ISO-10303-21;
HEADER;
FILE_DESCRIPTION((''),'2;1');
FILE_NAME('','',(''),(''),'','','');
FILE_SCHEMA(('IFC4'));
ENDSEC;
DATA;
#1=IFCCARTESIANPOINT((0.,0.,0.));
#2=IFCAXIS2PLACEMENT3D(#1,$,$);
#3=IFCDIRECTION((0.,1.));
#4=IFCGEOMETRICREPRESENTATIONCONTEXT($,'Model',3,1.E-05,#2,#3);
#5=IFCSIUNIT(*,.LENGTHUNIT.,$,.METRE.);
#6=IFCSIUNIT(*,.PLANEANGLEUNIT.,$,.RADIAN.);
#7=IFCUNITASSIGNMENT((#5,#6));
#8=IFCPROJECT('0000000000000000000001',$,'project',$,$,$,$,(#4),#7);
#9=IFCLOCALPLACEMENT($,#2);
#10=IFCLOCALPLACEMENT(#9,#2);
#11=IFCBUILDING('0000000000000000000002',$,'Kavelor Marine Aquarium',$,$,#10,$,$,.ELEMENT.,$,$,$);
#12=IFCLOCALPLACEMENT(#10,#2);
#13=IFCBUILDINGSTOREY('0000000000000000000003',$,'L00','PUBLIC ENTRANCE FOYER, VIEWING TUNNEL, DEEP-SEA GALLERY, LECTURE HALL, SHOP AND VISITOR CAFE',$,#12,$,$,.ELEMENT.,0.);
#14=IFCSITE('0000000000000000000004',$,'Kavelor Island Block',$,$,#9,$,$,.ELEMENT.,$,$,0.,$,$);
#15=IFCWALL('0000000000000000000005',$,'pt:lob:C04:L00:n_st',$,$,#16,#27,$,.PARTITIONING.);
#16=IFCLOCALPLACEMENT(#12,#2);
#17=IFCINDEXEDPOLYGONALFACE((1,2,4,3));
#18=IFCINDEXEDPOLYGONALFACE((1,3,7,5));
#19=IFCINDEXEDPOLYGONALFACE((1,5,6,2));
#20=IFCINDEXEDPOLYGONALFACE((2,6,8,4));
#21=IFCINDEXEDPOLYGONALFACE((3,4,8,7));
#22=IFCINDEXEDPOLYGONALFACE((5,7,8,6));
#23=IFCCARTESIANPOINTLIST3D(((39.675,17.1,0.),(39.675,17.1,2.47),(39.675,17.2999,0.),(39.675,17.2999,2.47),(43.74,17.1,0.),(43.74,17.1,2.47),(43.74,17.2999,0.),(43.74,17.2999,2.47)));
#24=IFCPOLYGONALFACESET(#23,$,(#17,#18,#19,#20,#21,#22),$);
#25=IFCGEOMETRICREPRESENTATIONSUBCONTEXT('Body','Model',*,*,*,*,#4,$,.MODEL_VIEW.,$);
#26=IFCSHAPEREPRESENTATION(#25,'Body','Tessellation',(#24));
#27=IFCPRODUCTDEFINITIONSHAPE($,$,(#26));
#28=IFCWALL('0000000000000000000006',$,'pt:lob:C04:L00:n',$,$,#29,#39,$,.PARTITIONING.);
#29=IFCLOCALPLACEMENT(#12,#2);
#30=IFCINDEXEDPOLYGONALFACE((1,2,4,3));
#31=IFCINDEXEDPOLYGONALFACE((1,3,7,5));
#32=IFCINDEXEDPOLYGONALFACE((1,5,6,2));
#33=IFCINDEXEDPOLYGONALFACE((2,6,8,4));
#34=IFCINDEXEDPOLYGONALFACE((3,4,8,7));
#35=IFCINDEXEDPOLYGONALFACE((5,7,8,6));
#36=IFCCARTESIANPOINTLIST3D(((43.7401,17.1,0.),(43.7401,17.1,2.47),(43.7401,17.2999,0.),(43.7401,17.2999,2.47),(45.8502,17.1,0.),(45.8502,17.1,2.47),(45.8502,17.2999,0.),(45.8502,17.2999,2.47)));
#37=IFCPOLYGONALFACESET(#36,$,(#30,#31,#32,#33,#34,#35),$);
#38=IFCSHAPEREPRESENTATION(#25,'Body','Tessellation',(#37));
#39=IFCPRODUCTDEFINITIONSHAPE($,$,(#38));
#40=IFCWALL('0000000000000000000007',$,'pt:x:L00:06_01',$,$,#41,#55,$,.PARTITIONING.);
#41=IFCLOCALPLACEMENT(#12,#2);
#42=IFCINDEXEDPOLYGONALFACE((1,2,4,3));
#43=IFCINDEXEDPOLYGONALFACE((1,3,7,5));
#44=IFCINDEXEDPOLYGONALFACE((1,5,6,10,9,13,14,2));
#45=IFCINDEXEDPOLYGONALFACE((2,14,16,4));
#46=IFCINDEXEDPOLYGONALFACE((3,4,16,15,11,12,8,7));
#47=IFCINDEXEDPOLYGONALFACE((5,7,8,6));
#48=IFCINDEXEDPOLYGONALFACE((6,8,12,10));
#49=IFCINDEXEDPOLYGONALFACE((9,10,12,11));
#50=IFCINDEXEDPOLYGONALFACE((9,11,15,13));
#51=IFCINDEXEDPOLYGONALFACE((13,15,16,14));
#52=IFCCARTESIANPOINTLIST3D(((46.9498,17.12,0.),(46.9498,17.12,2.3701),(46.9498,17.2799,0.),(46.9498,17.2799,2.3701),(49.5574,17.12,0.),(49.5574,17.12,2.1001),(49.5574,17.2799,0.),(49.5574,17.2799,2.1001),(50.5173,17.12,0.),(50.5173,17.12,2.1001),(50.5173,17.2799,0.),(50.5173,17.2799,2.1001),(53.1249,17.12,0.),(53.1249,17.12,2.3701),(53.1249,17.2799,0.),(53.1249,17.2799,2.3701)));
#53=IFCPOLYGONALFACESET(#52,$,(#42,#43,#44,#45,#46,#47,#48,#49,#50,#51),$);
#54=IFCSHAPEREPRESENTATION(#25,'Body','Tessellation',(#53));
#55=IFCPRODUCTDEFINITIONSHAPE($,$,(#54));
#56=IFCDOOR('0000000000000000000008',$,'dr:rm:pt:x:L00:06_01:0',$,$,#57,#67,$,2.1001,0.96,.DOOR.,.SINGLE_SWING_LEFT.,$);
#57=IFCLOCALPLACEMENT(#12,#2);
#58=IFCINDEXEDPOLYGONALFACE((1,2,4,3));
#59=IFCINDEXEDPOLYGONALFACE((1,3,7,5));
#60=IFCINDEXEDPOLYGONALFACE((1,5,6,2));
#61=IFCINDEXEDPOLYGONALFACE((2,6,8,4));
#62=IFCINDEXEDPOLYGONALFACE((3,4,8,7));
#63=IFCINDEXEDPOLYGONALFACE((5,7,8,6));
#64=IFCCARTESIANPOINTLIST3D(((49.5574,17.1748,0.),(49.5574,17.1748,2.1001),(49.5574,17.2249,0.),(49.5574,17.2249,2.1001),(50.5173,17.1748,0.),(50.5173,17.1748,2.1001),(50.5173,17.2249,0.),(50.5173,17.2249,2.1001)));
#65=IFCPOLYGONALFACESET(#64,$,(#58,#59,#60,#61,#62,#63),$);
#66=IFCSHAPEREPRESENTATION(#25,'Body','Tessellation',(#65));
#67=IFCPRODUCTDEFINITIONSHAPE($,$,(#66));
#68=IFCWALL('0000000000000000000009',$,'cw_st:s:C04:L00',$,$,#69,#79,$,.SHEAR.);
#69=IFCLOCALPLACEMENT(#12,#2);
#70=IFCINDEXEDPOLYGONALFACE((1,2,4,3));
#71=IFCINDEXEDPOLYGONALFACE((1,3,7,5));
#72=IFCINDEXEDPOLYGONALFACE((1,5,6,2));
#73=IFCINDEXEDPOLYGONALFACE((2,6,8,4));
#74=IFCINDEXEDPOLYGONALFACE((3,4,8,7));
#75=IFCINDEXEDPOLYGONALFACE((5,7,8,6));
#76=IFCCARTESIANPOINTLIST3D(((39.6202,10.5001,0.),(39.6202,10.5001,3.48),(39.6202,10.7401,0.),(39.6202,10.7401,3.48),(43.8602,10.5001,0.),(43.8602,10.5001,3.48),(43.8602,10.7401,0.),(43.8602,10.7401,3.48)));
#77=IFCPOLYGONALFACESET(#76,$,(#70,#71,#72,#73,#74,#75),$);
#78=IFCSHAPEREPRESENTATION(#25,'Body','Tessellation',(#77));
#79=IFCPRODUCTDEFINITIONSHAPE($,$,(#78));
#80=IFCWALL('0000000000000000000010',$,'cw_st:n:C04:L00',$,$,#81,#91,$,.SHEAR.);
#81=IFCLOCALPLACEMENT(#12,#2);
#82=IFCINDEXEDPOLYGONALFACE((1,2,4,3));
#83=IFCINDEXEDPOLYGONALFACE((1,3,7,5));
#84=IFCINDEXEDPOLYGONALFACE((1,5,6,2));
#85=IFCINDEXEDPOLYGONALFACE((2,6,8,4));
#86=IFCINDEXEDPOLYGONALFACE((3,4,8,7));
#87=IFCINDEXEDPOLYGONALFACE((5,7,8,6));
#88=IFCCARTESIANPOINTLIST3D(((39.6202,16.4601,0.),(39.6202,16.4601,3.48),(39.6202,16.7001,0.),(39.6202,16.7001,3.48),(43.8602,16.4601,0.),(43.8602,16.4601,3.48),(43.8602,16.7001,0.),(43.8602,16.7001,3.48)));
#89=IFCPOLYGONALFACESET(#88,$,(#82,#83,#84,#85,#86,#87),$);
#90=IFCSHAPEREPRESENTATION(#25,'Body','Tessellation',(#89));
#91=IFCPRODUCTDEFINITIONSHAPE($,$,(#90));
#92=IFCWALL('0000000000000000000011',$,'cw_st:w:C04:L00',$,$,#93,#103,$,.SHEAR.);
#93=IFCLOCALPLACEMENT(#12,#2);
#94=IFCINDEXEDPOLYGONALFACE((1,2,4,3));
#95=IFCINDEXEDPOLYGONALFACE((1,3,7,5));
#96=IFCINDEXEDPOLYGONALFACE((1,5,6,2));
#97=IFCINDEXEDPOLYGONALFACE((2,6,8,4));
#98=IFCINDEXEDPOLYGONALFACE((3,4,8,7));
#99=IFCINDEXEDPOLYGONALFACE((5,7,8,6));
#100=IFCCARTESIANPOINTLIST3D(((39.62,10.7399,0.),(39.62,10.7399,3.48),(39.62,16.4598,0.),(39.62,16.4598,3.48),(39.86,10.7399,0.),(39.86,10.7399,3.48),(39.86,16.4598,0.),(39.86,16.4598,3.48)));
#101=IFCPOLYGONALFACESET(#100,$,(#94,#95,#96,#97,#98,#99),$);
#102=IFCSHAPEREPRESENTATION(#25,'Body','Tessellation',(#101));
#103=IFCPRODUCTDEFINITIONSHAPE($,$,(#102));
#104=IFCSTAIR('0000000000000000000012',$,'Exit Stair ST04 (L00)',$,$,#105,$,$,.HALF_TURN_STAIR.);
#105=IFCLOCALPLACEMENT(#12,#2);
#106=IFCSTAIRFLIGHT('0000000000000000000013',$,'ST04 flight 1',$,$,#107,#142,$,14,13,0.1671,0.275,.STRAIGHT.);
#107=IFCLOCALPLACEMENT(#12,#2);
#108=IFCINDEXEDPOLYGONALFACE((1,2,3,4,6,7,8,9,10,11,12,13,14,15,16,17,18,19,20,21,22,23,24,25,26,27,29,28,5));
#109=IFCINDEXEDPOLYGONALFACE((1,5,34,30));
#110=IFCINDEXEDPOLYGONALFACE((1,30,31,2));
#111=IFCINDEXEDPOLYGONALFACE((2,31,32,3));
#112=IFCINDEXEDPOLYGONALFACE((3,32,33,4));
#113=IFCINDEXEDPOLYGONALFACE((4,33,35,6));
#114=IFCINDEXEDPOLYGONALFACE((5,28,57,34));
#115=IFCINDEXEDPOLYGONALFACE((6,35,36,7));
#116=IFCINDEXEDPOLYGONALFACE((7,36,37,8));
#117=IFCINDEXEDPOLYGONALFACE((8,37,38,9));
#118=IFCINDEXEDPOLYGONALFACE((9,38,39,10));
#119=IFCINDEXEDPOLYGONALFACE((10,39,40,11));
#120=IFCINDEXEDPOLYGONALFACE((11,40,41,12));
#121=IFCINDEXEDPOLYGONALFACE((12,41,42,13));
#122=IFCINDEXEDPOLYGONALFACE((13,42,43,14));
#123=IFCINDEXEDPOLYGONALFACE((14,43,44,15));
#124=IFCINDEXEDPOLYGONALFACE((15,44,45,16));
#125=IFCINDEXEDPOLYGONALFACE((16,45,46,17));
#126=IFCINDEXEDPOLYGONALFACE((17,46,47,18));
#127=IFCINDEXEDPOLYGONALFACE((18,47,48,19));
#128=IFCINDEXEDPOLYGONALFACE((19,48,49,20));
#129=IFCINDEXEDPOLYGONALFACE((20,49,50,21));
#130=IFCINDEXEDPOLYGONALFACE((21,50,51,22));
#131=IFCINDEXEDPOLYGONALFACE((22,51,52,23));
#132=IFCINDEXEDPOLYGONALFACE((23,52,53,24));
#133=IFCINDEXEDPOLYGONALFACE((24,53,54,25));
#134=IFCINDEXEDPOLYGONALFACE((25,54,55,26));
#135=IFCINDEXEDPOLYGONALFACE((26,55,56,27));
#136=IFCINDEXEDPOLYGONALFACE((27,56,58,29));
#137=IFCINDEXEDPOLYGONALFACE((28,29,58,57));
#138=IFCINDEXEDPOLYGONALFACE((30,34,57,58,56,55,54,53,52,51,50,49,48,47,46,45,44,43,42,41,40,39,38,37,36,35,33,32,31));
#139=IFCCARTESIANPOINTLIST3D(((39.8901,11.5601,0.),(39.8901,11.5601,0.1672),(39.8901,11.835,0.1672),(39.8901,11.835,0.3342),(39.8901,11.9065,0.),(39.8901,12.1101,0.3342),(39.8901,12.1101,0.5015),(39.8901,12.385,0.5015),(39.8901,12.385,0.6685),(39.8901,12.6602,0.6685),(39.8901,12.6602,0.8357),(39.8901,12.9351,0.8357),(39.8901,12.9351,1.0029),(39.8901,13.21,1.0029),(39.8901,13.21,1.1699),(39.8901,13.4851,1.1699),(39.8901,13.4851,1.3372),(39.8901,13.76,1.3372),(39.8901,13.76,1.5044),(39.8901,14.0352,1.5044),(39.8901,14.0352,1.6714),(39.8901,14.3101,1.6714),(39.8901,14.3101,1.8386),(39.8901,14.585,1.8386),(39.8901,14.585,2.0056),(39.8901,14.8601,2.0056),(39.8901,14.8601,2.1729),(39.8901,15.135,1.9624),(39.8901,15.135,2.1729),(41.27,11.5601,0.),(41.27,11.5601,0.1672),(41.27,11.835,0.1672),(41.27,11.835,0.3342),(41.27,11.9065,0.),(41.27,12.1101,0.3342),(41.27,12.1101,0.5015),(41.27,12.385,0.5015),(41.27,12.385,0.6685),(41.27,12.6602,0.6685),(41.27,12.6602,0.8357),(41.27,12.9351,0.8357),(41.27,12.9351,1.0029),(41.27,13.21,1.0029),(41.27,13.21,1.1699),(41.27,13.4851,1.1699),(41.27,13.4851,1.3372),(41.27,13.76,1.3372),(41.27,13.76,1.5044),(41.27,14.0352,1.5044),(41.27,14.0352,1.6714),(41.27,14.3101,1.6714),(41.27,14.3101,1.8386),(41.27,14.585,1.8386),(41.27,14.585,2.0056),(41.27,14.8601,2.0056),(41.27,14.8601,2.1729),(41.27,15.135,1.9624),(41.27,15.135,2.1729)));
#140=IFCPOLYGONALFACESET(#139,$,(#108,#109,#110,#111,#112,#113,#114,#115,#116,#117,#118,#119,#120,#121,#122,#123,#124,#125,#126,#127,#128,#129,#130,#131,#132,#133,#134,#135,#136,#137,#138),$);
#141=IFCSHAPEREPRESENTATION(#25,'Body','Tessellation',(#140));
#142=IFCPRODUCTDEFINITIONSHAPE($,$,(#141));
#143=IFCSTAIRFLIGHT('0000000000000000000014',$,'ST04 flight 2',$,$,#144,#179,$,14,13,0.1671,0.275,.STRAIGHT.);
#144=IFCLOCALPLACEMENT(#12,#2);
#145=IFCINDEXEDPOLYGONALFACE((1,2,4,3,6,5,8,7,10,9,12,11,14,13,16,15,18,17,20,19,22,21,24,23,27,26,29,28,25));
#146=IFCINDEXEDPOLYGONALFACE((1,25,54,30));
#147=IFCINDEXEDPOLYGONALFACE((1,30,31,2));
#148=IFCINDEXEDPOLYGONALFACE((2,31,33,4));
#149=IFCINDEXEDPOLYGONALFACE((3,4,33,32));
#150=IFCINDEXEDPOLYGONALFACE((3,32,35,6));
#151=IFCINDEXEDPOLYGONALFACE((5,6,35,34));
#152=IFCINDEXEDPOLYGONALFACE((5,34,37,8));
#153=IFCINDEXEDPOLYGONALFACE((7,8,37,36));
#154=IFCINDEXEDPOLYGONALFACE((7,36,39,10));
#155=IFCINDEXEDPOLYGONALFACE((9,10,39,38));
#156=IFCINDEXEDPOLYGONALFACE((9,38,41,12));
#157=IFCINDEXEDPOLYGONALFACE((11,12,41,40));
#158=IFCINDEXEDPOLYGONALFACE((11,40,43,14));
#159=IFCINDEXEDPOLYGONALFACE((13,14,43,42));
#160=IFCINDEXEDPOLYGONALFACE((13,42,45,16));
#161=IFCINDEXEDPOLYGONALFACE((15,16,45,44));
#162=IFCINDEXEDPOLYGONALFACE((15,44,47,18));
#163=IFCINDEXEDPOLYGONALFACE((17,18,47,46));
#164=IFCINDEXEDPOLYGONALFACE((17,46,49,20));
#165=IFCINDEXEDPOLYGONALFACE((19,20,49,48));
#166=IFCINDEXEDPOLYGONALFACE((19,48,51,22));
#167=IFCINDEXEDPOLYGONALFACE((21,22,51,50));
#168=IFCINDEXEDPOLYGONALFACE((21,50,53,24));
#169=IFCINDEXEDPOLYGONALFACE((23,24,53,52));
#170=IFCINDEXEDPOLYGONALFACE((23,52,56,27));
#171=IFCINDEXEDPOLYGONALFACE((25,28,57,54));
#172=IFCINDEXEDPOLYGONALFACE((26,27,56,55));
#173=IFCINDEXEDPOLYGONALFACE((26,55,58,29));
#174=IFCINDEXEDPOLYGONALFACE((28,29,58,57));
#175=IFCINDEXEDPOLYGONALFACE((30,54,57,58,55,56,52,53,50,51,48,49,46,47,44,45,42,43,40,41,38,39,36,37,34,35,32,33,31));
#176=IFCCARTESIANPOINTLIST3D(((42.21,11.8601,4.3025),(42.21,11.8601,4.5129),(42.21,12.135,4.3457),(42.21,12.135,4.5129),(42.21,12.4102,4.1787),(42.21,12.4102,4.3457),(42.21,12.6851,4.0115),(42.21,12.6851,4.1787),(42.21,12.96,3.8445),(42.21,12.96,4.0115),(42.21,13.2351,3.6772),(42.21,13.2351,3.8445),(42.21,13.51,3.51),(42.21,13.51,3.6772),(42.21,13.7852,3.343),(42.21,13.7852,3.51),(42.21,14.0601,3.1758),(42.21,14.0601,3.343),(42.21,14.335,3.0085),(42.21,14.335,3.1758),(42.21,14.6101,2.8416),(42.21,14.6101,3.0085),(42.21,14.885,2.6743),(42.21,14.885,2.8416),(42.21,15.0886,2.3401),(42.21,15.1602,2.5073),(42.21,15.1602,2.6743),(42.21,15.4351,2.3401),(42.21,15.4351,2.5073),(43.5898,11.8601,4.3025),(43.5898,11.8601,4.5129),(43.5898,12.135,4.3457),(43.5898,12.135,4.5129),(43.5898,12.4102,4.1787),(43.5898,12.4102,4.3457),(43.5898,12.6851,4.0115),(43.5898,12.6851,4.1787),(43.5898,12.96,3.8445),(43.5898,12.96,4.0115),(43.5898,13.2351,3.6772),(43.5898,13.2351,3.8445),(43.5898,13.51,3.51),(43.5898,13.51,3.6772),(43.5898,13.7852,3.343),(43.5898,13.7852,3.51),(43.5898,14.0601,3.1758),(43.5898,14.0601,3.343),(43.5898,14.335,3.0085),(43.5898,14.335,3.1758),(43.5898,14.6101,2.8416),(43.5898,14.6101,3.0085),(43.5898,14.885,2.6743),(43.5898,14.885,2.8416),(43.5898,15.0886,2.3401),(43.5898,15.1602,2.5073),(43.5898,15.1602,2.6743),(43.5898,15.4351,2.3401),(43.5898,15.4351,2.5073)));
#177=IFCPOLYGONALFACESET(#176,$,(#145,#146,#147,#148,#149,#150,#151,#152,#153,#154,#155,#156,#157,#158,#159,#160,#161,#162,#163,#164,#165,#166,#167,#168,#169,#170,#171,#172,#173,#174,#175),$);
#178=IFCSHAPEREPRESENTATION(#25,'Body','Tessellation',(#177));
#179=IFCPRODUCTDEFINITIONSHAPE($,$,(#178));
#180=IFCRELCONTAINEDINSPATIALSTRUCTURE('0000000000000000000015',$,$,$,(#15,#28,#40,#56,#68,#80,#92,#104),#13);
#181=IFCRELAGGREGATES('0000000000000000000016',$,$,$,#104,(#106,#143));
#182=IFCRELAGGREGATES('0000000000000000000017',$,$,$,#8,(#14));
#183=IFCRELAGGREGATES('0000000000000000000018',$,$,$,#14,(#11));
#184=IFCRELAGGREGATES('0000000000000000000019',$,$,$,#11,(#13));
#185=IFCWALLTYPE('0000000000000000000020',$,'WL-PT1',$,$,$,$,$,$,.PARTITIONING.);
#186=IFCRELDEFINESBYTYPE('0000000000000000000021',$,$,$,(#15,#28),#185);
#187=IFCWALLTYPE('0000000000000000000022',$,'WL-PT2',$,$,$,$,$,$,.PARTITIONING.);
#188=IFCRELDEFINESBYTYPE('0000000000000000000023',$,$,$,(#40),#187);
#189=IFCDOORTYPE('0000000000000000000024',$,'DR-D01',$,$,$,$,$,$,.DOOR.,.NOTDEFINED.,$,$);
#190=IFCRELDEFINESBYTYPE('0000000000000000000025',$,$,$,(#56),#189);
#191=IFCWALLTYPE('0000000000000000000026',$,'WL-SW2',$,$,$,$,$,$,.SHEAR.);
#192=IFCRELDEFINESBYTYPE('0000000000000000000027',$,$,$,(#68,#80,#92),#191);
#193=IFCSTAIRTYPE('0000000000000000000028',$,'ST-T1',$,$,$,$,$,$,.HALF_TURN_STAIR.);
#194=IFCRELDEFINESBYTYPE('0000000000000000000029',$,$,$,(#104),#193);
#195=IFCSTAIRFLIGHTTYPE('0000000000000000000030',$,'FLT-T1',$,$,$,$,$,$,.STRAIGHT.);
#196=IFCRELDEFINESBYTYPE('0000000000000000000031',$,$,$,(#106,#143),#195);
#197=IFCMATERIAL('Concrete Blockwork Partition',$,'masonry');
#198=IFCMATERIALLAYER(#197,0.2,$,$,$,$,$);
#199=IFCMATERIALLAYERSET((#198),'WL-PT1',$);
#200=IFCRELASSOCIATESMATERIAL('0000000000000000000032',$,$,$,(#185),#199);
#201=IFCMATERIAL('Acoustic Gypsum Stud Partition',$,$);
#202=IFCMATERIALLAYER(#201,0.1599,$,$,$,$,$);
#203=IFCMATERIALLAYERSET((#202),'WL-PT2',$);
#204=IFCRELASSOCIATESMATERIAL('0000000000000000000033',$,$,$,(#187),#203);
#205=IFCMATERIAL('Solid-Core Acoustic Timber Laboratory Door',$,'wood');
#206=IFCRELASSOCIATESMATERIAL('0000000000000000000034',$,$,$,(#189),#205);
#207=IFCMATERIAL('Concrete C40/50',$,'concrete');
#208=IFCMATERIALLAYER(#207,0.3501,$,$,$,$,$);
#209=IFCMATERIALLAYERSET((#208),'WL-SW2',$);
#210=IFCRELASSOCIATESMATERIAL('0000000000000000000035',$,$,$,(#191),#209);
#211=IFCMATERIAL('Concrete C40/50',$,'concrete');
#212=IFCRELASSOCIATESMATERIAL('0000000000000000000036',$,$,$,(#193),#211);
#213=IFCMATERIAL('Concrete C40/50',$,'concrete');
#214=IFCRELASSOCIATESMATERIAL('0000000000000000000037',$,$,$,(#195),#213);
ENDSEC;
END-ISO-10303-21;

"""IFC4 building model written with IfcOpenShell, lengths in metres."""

from ifc_helpers import new_model, si_unit, direction, frame, frame_2d, origin, place, context, subcontext, project, spatial, polyline, rectangle, outline, extrude, material, layer, layer_set, type_object, element, fill, aggregate, save


model = new_model("IFC4")

# Units and contexts
model_context = context("Model", 3, precision=1e-05, world=origin(), true_north=direction((0.0, 1.0)))
body_context = subcontext(model_context, "Body", "Model", "MODEL_VIEW")
ifc_project = project(units=[si_unit("LENGTHUNIT", "METRE"), si_unit("PLANEANGLEUNIT", "RADIAN")], contexts=[model_context])

# Site, building, storey
site_placement = place(None, origin())
site = spatial("IfcSite", under=ifc_project, at=site_placement, Name="Kavelor Island Block", CompositionType="ELEMENT", RefElevation=0.0)
building_placement = place(site_placement, origin())
building = spatial("IfcBuilding", under=site, at=building_placement, Name="Kavelor Marine Aquarium", CompositionType="ELEMENT")
storey_placement = place(building_placement, origin())
storey = spatial("IfcBuildingStorey", under=building, at=storey_placement, Name="L00", Description="PUBLIC ENTRANCE FOYER, VIEWING TUNNEL, DEEP-SEA GALLERY, LECTURE HALL, SHOP AND VISITOR CAFE", CompositionType="ELEMENT", Elevation=0.0)

# Walls
ifc_material_1 = material(Name="Concrete Blockwork Partition", Category="masonry")
ifc_layer_1 = layer(ifc_material_1, 0.2)
ifc_layer_set_1 = layer_set([ifc_layer_1], Name="WL-PT1")
wall_type_1 = type_object("IfcWallType", Name="WL-PT1", PredefinedType="PARTITIONING", material=ifc_layer_set_1)
wall_1_placement = place(storey_placement, frame((39.675, 17.2, 0.0), z_axis=(0.0, 0.0, 1.0), x_axis=(1.0, 0.0, 0.0)))
element("IfcWall", 1, at=wall_1_placement, inside=storey, type_object=wall_type_1, Name="pt:lob:C04:L00:n_st", PredefinedType="PARTITIONING", context=body_context, shape_type="SweptSolid", body=[
    extrude(rectangle(XDim=4.0649, YDim=0.2, at=frame_2d((2.0325, 0.0))), origin(), (0.0, 0.0, 1.0), 2.47),
])
wall_2_placement = place(storey_placement, frame((43.74, 17.2, 0.0), z_axis=(0.0, 0.0, 1.0), x_axis=(1.0, 0.0, 0.0)))
element("IfcWall", 2, at=wall_2_placement, inside=storey, type_object=wall_type_1, Name="pt:lob:C04:L00:n", PredefinedType="PARTITIONING", context=body_context, shape_type="SweptSolid", body=[
    extrude(rectangle(XDim=2.1101, YDim=0.2, at=frame_2d((1.0552, 0.0))), origin(), (0.0, 0.0, 1.0), 2.47),
])

# Wall, opening, door
ifc_material_2 = material(Name="Acoustic Gypsum Stud Partition")
ifc_layer_2 = layer(ifc_material_2, 0.1599)
ifc_layer_set_2 = layer_set([ifc_layer_2], Name="WL-PT2")
wall_type_2 = type_object("IfcWallType", Name="WL-PT2", PredefinedType="PARTITIONING", material=ifc_layer_set_2)
wall_3_placement = place(storey_placement, frame((46.95, 17.2, 0.0), z_axis=(0.0, 0.0, 1.0), x_axis=(1.0, 0.0, 0.0)))
wall_3 = element("IfcWall", 3, at=wall_3_placement, inside=storey, type_object=wall_type_2, Name="pt:x:L00:06_01", PredefinedType="PARTITIONING", context=body_context, shape_type="SweptSolid", body=[
    extrude(rectangle(XDim=6.175, YDim=0.1599, at=frame_2d((3.0874, 0.0))), origin(), (0.0, 0.0, 1.0), 2.3701),
])
opening_1_placement = place(wall_3_placement, frame((2.6074, 0.0, 0.0)))
opening_1 = element("IfcOpeningElement", 4, at=opening_1_placement, cuts=wall_3, PredefinedType="OPENING", context=body_context, shape_type="SweptSolid", body=[
    extrude(rectangle(XDim=0.96, YDim=2.1001, at=frame_2d((0.48, 1.05))), frame((0.0, 0.0898, 0.0), z_axis=(0.0, -1.0, 0.0), x_axis=(1.0, 0.0, 0.0)), (0.0, 0.0, 1.0), 0.1799),
])
ifc_material_3 = material(Name="Solid-Core Acoustic Timber Laboratory Door", Category="wood")
door_type_1 = type_object("IfcDoorType", Name="DR-D01", OperationType="NOTDEFINED", PredefinedType="DOOR", material=ifc_material_3)
door_1_placement = place(opening_1_placement, origin())
door_1 = element("IfcDoor", 5, at=door_1_placement, inside=storey, type_object=door_type_1, Name="dr:rm:pt:x:L00:06_01:0", OperationType="SINGLE_SWING_LEFT", OverallHeight=2.1001, OverallWidth=0.96, PredefinedType="DOOR", context=body_context, shape_type="SweptSolid", body=[
    extrude(rectangle(XDim=0.96, YDim=2.1001, at=frame_2d((0.48, 1.05))), frame((0.0, 0.0249, 0.0), z_axis=(0.0, -1.0, 0.0), x_axis=(1.0, 0.0, 0.0)), (0.0, 0.0, 1.0), 0.05),
])
fill(opening_1, door_1)

# Walls
ifc_material_4 = material(Name="Concrete C40/50", Category="concrete")
ifc_layer_3 = layer(ifc_material_4, 0.3501)
ifc_layer_set_3 = layer_set([ifc_layer_3], Name="WL-SW2")
wall_type_3 = type_object("IfcWallType", Name="WL-SW2", PredefinedType="SHEAR", material=ifc_layer_set_3)
for number, where, z_axis, x_axis, name in (
    (6, (39.6201, 10.6201, 0.0), (0.0, 0.0, 1.0), (1.0, 0.0, 0.0), "cw_st:s:C04:L00"),
    (7, (39.6201, 16.5801, 0.0), (0.0, 0.0, 1.0), (1.0, 0.0, 0.0), "cw_st:n:C04:L00"),
):
    element("IfcWall", number, at=place(storey_placement, frame(where, z_axis=z_axis, x_axis=x_axis)), inside=storey, type_object=wall_type_3, Name=name, PredefinedType="SHEAR", context=body_context, shape_type="SweptSolid", body=[
        extrude(rectangle(XDim=4.24, YDim=0.24, at=frame_2d((2.1201, 0.0))), origin(), (0.0, 0.0, 1.0), 3.48),
    ])
wall_4_placement = place(storey_placement, frame((39.74, 10.74, 0.0), z_axis=(0.0, 0.0, 1.0), x_axis=(0.0, 1.0, 0.0)))
element("IfcWall", 8, at=wall_4_placement, inside=storey, type_object=wall_type_3, Name="cw_st:w:C04:L00", PredefinedType="SHEAR", context=body_context, shape_type="SweptSolid", body=[
    extrude(rectangle(XDim=5.72, YDim=0.24, at=frame_2d((2.8599, 0.0))), origin(), (0.0, 0.0, 1.0), 3.48),
])

# Stair, stair flights
ifc_material_5 = material(Name="Concrete C40/50", Category="concrete")
stair_type = type_object("IfcStairType", Name="ST-T1", PredefinedType="HALF_TURN_STAIR", material=ifc_material_5)
stair_placement = place(storey_placement, origin())
stair = element("IfcStair", 9, at=stair_placement, inside=storey, type_object=stair_type, Name="Exit Stair ST04 (L00)", PredefinedType="HALF_TURN_STAIR")
ifc_material_6 = material(Name="Concrete C40/50", Category="concrete")
stair_flight_type = type_object("IfcStairFlightType", Name="FLT-T1", PredefinedType="STRAIGHT", material=ifc_material_6)
stair_flight_1_placement = place(storey_placement, frame((40.5801, 11.5601, 0.0), z_axis=(0.0, 0.0, 1.0), x_axis=(0.0, 1.0, 0.0)))
stair_flight_1 = element("IfcStairFlight", 10, at=stair_flight_1_placement, type_object=stair_flight_type, Name="ST04 flight 1", NumberOfRisers=14, NumberOfTreads=13, PredefinedType="STRAIGHT", RiserHeight=0.1671, TreadLength=0.275, context=body_context, shape_type="SweptSolid", body=[
    extrude(outline(polyline([(0.0, 0.0), (0.0, 0.1672), (0.2749, 0.1672), (0.2749, 0.3342), (0.55, 0.3342), (0.55, 0.5015), (0.825, 0.5015), (0.825, 0.6685), (1.1001, 0.6685), (1.1001, 0.8357), (1.375, 0.8357), (1.375, 1.0029), (1.6499, 1.0029), (1.6499, 1.1699), (1.925, 1.1699), (1.925, 1.3372), (2.2, 1.3372), (2.2, 1.5044), (2.4751, 1.5044), (2.4751, 1.6714), (2.75, 1.6714), (2.75, 1.8386), (3.0249, 1.8386), (3.0249, 2.0056), (3.3, 2.0056), (3.3, 2.1729), (3.575, 2.1729), (3.575, 2.3401), (3.575, 1.9624), (0.3464, 0.0), (0.0, 0.0)])), frame((0.0, 0.6899, 0.0), z_axis=(0.0, -1.0, 0.0), x_axis=(1.0, 0.0, 0.0)), (0.0, 0.0, 1.0), 1.3799),
])
stair_flight_2_placement = place(storey_placement, frame((42.8999, 15.4351, 2.3401), z_axis=(0.0, 0.0, 1.0), x_axis=(0.0, -1.0, 0.0)))
stair_flight_2 = element("IfcStairFlight", 11, at=stair_flight_2_placement, type_object=stair_flight_type, Name="ST04 flight 2", NumberOfRisers=14, NumberOfTreads=13, PredefinedType="STRAIGHT", RiserHeight=0.1671, TreadLength=0.275, context=body_context, shape_type="SweptSolid", body=[
    extrude(outline(polyline([(0.0, 0.0), (0.0, 0.1672), (0.2749, 0.1672), (0.2749, 0.3342), (0.55, 0.3342), (0.55, 0.5015), (0.825, 0.5015), (0.825, 0.6685), (1.1001, 0.6685), (1.1001, 0.8357), (1.375, 0.8357), (1.375, 1.0029), (1.6499, 1.0029), (1.6499, 1.1699), (1.925, 1.1699), (1.925, 1.3372), (2.2, 1.3372), (2.2, 1.5044), (2.4751, 1.5044), (2.4751, 1.6714), (2.75, 1.6714), (2.75, 1.8386), (3.0249, 1.8386), (3.0249, 2.0056), (3.3, 2.0056), (3.3, 2.1729), (3.575, 2.1729), (3.575, 2.3401), (3.575, 1.9624), (0.3464, 0.0), (0.0, 0.0)])), frame((0.0, 0.6899, 0.0), z_axis=(0.0, -1.0, 0.0), x_axis=(1.0, 0.0, 0.0)), (0.0, 0.0, 1.0), 1.3799),
])
aggregate(stair, [stair_flight_1, stair_flight_2])

save(model, "model.ifc")
